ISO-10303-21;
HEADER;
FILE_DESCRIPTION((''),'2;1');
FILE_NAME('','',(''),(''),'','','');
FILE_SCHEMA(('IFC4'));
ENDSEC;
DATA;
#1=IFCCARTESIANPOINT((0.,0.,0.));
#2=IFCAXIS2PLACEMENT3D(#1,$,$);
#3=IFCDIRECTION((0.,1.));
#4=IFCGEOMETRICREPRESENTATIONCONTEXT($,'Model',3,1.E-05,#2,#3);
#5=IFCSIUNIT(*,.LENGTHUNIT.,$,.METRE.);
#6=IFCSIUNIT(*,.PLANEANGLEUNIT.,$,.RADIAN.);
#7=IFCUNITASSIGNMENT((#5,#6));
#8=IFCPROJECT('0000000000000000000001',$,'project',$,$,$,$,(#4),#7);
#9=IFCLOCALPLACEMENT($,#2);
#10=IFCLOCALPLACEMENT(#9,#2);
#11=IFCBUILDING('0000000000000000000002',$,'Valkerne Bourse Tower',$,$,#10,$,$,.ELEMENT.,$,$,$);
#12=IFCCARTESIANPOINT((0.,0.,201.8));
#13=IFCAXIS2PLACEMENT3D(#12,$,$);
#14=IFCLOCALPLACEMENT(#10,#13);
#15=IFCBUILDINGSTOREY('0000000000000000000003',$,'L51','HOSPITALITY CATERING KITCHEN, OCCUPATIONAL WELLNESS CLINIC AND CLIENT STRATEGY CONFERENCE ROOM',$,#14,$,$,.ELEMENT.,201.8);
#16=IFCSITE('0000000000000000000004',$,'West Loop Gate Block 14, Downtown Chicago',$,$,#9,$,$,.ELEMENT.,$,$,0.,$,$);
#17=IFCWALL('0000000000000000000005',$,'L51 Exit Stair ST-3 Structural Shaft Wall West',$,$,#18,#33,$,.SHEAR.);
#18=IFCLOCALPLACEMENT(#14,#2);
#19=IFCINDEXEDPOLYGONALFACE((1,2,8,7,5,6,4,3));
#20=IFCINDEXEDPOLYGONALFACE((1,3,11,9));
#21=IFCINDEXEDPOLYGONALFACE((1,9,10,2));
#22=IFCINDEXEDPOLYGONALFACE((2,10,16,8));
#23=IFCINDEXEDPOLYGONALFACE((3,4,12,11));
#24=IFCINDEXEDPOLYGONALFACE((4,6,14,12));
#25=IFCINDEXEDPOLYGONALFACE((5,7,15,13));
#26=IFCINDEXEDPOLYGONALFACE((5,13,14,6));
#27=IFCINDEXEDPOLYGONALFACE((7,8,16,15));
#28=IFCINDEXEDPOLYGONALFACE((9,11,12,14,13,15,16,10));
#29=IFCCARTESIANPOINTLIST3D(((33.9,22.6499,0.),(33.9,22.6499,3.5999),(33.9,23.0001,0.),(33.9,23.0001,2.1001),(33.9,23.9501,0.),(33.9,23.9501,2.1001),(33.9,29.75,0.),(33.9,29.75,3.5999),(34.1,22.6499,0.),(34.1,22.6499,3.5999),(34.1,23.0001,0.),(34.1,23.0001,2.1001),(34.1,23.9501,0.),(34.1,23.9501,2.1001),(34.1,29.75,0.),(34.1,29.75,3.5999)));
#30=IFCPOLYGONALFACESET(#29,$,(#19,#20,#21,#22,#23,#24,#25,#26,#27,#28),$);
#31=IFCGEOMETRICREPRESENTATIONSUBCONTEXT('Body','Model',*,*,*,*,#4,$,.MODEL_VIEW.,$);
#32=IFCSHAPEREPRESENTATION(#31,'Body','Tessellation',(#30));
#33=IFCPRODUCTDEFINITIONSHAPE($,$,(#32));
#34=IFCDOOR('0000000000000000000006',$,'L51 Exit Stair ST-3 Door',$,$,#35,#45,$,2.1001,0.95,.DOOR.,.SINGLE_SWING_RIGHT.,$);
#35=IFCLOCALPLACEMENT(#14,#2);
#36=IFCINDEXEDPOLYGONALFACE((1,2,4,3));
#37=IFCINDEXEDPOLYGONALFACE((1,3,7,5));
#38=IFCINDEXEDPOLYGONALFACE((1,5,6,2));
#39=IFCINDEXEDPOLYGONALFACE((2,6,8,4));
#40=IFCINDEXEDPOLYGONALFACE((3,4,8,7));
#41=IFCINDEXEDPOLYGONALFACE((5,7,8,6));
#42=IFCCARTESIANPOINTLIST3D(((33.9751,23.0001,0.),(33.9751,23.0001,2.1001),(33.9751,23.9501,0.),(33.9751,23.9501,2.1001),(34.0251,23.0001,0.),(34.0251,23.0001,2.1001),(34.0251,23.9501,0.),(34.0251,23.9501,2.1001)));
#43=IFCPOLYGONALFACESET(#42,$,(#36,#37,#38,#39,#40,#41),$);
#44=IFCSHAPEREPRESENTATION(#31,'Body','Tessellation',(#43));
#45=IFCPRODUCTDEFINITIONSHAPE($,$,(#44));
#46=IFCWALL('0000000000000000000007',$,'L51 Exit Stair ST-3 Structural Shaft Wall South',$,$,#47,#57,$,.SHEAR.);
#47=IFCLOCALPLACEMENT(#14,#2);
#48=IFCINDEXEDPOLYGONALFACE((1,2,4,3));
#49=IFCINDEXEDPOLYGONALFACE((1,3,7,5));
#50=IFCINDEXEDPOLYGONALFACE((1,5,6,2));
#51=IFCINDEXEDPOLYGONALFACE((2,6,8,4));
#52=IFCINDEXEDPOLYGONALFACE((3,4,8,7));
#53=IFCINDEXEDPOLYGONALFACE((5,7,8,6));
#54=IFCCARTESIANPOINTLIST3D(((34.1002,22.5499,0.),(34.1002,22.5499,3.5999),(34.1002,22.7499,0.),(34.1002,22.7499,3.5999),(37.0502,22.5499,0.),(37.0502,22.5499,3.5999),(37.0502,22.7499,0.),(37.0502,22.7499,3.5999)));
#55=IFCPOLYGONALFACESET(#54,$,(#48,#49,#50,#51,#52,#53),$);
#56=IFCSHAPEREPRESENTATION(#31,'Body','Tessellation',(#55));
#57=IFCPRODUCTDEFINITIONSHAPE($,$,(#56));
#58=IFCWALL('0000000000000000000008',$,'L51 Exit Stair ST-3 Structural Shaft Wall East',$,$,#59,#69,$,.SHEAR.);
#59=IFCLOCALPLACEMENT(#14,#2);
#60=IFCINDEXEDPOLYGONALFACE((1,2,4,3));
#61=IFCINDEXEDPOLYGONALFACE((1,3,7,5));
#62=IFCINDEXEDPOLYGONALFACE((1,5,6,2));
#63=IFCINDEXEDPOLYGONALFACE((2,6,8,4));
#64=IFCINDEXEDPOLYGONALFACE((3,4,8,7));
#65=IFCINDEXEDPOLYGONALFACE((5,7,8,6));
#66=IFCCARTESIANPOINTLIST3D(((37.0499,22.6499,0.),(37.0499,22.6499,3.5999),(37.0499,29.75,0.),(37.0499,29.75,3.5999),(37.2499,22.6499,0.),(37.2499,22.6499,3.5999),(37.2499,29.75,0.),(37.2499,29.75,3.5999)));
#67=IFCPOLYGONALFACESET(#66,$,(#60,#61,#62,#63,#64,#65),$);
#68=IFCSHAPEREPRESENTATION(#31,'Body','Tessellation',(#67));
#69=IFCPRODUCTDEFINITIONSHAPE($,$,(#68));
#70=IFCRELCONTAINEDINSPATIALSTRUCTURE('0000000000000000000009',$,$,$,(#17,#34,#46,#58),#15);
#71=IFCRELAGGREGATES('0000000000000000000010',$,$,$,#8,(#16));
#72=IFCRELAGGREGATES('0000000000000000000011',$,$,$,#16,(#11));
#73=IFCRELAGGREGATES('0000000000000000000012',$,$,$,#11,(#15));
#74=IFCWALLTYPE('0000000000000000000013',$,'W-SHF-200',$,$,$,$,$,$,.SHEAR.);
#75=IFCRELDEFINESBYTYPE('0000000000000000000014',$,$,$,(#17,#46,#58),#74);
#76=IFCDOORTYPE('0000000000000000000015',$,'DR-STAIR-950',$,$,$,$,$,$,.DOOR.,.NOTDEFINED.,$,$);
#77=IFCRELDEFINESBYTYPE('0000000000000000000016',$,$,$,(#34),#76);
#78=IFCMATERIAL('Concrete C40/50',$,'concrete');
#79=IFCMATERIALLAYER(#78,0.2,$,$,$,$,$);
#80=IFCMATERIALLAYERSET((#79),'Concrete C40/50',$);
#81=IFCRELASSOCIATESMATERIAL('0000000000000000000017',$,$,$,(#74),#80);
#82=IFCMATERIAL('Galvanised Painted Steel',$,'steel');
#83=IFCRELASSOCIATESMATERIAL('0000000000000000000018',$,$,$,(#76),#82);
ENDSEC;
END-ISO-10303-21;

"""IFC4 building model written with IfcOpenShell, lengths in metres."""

from ifc_helpers import new_model, si_unit, direction, frame, frame_2d, origin, place, context, subcontext, project, spatial, rectangle, extrude, material, layer, layer_set, type_object, element, fill, save


model = new_model("IFC4")

# Units and contexts
model_context = context("Model", 3, precision=1e-05, world=origin(), true_north=direction((0.0, 1.0)))
body_context = subcontext(model_context, "Body", "Model", "MODEL_VIEW")
ifc_project = project(units=[si_unit("LENGTHUNIT", "METRE"), si_unit("PLANEANGLEUNIT", "RADIAN")], contexts=[model_context])

# Site, building, storey
site_placement = place(None, origin())
site = spatial("IfcSite", under=ifc_project, at=site_placement, Name="West Loop Gate Block 14, Downtown Chicago", CompositionType="ELEMENT", RefElevation=0.0)
building_placement = place(site_placement, origin())
building = spatial("IfcBuilding", under=site, at=building_placement, Name="Valkerne Bourse Tower", CompositionType="ELEMENT")
storey_placement = place(building_placement, frame((0.0, 0.0, 201.8)))
storey = spatial("IfcBuildingStorey", under=building, at=storey_placement, Name="L51", Description="HOSPITALITY CATERING KITCHEN, OCCUPATIONAL WELLNESS CLINIC AND CLIENT STRATEGY CONFERENCE ROOM", CompositionType="ELEMENT", Elevation=201.8)

# Shared definitions
ifc_material_1 = material(Name="Galvanised Painted Steel", Category="steel")

# Wall, opening, door
ifc_material_2 = material(Name="Concrete C40/50", Category="concrete")
ifc_layer_1 = layer(ifc_material_2, 0.2)
ifc_layer_set_1 = layer_set([ifc_layer_1], Name="Concrete C40/50")
wall_type_1 = type_object("IfcWallType", Name="W-SHF-200", PredefinedType="SHEAR", material=ifc_layer_set_1)
wall_1_placement = place(storey_placement, frame((34.0, 22.6499, 0.0), z_axis=(0.0, 0.0, 1.0), x_axis=(0.0, 1.0, 0.0)))
wall_1 = element("IfcWall", 1, at=wall_1_placement, inside=storey, type_object=wall_type_1, Name="L51 Exit Stair ST-3 Structural Shaft Wall West", PredefinedType="SHEAR", context=body_context, shape_type="SweptSolid", body=[
    extrude(rectangle(XDim=7.1001, YDim=0.2, at=frame_2d((3.55, 0.0))), origin(), (0.0, 0.0, 1.0), 3.5999),
])
opening_1_placement = place(wall_1_placement, frame((0.3501, 0.0, 0.0)))
opening_1 = element("IfcOpeningElement", 2, at=opening_1_placement, cuts=wall_1, PredefinedType="OPENING", context=body_context, shape_type="SweptSolid", body=[
    extrude(rectangle(XDim=0.95, YDim=2.1001, at=frame_2d((0.4751, 1.05))), frame((0.0, 0.1099, 0.0), z_axis=(0.0, -1.0, 0.0), x_axis=(1.0, 0.0, 0.0)), (0.0, 0.0, 1.0), 0.22),
])
door_type_1 = type_object("IfcDoorType", Name="DR-STAIR-950", OperationType="NOTDEFINED", PredefinedType="DOOR", material=ifc_material_1)
door_1_placement = place(opening_1_placement, origin())
door_1 = element("IfcDoor", 3, at=door_1_placement, inside=storey, type_object=door_type_1, Name="L51 Exit Stair ST-3 Door", OperationType="SINGLE_SWING_RIGHT", OverallHeight=2.1001, OverallWidth=0.95, PredefinedType="DOOR", context=body_context, shape_type="SweptSolid", body=[
    extrude(rectangle(XDim=0.95, YDim=2.1001, at=frame_2d((0.4751, 1.05))), frame((0.0, 0.0249, 0.0), z_axis=(0.0, -1.0, 0.0), x_axis=(1.0, 0.0, 0.0)), (0.0, 0.0, 1.0), 0.05),
])
fill(opening_1, door_1)

# Walls
wall_2_placement = place(storey_placement, frame((34.1001, 22.6499, 0.0), z_axis=(0.0, 0.0, 1.0), x_axis=(1.0, 0.0, 0.0)))
element("IfcWall", 4, at=wall_2_placement, inside=storey, type_object=wall_type_1, Name="L51 Exit Stair ST-3 Structural Shaft Wall South", PredefinedType="SHEAR", context=body_context, shape_type="SweptSolid", body=[
    extrude(rectangle(XDim=2.95, YDim=0.2, at=frame_2d((1.4751, 0.0))), origin(), (0.0, 0.0, 1.0), 3.5999),
])
wall_3_placement = place(storey_placement, frame((37.1499, 22.6499, 0.0), z_axis=(0.0, 0.0, 1.0), x_axis=(0.0, 1.0, 0.0)))
element("IfcWall", 5, at=wall_3_placement, inside=storey, type_object=wall_type_1, Name="L51 Exit Stair ST-3 Structural Shaft Wall East", PredefinedType="SHEAR", context=body_context, shape_type="SweptSolid", body=[
    extrude(rectangle(XDim=7.1001, YDim=0.2, at=frame_2d((3.55, 0.0))), origin(), (0.0, 0.0, 1.0), 3.5999),
])

save(model, "model.ifc")
